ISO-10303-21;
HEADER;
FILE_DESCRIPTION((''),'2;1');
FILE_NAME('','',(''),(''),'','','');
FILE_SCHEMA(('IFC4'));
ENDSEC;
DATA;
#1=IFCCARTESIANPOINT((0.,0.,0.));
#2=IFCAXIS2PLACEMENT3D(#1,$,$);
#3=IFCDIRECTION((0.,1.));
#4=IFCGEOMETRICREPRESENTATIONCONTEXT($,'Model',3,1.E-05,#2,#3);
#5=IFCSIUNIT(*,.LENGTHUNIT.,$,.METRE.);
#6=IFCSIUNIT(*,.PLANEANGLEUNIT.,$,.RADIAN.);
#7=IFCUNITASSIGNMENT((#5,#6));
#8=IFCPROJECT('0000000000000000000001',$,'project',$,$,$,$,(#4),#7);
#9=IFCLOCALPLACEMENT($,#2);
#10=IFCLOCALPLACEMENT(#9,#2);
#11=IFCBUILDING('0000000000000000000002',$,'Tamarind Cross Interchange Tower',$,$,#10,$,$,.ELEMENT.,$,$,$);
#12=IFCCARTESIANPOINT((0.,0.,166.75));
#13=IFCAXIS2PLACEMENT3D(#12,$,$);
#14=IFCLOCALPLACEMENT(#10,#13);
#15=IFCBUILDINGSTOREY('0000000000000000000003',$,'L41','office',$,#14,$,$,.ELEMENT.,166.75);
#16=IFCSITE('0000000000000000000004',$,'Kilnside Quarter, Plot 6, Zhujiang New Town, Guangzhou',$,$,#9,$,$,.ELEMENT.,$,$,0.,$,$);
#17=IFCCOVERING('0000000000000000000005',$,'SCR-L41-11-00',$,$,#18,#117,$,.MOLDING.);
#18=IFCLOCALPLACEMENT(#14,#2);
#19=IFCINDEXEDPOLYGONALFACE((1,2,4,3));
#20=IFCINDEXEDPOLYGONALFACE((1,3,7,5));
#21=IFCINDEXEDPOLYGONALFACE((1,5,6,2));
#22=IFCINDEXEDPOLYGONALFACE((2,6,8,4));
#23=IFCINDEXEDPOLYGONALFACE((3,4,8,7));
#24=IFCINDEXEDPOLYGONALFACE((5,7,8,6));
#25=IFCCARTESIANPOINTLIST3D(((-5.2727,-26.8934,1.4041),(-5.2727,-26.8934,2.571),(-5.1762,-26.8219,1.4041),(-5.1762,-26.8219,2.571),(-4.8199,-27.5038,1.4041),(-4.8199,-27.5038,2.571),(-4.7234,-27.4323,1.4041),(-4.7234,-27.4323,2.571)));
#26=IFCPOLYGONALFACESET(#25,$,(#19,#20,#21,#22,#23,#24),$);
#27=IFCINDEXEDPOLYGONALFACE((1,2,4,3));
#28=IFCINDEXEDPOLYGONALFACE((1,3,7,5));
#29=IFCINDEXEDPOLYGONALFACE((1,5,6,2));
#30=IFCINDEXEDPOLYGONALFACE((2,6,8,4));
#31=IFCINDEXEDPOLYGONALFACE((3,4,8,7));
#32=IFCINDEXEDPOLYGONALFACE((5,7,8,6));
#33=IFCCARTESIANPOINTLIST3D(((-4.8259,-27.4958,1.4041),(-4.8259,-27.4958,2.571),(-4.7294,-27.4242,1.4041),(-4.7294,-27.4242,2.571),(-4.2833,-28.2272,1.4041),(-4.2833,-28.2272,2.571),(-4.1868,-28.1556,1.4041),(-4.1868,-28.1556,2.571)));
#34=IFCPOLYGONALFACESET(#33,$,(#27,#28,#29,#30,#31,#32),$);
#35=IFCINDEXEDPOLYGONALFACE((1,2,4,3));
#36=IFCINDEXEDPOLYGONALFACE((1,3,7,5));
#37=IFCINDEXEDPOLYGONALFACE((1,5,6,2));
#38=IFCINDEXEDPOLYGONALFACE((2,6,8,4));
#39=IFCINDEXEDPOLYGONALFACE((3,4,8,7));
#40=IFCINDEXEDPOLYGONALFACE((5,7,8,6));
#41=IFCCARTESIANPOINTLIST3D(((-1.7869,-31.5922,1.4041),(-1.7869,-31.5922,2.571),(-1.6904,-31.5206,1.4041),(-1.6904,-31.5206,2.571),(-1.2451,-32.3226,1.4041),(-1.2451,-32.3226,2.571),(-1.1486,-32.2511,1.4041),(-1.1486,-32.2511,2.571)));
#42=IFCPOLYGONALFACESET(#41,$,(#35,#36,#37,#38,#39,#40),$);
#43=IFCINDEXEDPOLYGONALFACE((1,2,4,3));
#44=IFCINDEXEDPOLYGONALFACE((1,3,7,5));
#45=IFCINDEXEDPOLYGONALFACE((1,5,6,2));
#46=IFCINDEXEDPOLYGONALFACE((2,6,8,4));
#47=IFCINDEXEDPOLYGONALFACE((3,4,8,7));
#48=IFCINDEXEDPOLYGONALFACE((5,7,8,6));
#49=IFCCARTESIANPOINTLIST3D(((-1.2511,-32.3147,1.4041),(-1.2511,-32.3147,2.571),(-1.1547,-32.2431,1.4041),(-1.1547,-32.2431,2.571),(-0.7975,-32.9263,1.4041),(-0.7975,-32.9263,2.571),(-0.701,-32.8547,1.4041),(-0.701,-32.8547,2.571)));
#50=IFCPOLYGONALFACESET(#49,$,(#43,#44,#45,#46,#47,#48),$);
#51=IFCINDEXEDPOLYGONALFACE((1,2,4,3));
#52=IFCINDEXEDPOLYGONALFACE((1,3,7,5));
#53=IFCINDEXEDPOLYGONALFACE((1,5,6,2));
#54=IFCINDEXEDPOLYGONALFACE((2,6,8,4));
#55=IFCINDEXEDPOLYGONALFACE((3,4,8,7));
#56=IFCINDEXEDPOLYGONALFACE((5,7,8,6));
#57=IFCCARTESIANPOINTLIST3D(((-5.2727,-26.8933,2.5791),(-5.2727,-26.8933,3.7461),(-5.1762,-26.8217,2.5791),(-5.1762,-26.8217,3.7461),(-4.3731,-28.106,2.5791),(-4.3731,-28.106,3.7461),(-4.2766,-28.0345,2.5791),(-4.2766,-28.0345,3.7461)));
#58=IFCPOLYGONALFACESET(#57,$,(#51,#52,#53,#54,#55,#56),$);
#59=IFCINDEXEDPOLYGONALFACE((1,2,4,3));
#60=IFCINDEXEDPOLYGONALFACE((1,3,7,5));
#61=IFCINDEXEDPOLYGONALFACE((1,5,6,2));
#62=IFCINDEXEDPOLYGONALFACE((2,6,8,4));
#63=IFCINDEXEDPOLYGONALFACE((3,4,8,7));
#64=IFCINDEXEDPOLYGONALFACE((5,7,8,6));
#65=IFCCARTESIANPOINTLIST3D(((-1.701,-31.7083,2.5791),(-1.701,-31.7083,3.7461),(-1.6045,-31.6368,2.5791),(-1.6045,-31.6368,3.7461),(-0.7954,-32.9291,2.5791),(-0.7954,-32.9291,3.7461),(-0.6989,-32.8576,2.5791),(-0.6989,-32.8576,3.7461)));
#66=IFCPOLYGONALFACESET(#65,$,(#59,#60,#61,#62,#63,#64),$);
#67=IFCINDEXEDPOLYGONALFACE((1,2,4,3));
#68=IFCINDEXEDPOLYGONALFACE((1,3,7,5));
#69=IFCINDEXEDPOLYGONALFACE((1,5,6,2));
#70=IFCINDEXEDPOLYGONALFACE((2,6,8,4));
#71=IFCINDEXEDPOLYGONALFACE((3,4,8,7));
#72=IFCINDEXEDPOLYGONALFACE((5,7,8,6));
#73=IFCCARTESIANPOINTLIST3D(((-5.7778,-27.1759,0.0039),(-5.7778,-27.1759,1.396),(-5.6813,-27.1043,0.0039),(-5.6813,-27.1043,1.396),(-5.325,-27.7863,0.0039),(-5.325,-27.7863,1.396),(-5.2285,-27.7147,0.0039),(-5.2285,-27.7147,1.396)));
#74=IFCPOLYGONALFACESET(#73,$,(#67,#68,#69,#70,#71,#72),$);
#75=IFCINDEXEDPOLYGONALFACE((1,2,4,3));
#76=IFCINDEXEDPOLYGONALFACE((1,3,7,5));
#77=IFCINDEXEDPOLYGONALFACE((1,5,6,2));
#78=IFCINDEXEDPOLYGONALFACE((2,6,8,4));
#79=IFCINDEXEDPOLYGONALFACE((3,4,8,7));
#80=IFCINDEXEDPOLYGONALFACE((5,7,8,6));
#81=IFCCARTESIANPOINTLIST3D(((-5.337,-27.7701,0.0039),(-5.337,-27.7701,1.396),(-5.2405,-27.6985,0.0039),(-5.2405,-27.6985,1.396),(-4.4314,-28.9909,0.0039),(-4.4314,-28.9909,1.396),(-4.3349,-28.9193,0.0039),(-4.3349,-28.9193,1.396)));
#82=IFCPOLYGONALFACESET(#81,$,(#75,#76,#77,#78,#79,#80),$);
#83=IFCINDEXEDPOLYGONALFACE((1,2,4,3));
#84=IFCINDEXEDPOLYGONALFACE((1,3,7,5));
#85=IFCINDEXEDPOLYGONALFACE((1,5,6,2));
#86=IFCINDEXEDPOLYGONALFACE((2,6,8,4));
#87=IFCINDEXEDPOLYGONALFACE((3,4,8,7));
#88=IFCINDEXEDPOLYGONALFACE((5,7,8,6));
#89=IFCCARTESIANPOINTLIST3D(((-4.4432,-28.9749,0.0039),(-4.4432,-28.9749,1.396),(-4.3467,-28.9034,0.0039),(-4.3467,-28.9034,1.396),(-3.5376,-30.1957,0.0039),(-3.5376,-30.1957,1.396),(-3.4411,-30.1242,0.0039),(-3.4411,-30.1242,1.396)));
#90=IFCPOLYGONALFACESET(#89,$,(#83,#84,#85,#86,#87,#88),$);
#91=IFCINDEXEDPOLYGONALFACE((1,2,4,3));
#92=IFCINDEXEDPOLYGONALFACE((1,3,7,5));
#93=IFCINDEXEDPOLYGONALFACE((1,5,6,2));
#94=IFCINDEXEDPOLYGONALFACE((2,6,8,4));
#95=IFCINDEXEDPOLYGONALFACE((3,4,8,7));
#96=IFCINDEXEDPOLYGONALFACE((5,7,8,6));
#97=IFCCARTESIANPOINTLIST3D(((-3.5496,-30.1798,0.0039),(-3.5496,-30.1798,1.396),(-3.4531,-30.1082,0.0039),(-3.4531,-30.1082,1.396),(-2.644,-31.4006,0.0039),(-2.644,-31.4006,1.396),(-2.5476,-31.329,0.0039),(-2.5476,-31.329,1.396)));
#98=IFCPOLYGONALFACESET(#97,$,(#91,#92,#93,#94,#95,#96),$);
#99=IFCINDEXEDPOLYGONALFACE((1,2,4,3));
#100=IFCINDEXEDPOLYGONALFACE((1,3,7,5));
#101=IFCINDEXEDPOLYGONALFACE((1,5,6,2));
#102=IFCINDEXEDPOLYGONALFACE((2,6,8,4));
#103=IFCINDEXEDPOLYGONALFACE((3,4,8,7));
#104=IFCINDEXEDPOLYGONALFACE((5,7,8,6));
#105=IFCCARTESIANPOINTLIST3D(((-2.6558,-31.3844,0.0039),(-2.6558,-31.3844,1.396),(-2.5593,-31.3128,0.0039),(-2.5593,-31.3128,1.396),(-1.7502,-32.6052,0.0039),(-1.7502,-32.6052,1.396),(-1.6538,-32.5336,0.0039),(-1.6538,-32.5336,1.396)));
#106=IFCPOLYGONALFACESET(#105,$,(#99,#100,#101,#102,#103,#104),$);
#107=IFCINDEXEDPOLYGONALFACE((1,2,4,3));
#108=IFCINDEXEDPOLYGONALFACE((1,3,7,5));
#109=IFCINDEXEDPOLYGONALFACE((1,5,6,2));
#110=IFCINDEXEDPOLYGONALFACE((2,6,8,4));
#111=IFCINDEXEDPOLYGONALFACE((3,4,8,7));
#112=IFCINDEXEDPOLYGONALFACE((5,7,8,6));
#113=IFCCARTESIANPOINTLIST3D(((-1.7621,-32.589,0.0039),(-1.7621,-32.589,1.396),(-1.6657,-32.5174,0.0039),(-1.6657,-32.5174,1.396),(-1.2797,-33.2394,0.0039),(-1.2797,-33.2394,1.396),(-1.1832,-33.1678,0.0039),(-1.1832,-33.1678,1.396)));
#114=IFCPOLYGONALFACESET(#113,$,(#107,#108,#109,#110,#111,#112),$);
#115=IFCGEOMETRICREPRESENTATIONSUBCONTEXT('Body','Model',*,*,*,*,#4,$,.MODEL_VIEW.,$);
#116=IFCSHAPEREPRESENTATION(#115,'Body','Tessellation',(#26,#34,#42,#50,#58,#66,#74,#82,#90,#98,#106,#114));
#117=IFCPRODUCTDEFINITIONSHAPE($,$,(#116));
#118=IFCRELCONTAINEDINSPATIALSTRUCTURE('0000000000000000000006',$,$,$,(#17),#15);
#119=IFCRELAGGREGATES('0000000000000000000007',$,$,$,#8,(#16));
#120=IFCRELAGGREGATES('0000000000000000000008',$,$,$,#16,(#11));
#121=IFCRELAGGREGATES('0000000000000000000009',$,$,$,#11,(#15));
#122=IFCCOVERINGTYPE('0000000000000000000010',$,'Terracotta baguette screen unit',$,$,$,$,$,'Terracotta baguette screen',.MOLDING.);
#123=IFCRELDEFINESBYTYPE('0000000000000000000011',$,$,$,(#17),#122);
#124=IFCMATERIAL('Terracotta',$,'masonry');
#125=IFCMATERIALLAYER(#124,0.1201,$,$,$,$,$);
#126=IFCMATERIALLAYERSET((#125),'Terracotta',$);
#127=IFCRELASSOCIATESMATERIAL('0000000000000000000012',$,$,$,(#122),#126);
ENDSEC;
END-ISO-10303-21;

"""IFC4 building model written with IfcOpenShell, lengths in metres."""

from ifc_helpers import new_model, si_unit, direction, frame, origin, origin_2d, place, context, subcontext, project, spatial, rectangle, extrude, material, layer, layer_set, type_object, element, save


model = new_model("IFC4")

# Units and contexts
model_context = context("Model", 3, precision=1e-05, world=origin(), true_north=direction((0.0, 1.0)))
body_context = subcontext(model_context, "Body", "Model", "MODEL_VIEW")
ifc_project = project(units=[si_unit("LENGTHUNIT", "METRE"), si_unit("PLANEANGLEUNIT", "RADIAN")], contexts=[model_context])

# Site, building, storey
site_placement = place(None, origin())
site = spatial("IfcSite", under=ifc_project, at=site_placement, Name="Kilnside Quarter, Plot 6, Zhujiang New Town, Guangzhou", CompositionType="ELEMENT", RefElevation=0.0)
building_placement = place(site_placement, origin())
building = spatial("IfcBuilding", under=site, at=building_placement, Name="Tamarind Cross Interchange Tower", CompositionType="ELEMENT")
storey_placement = place(building_placement, frame((0.0, 0.0, 166.75)))
storey = spatial("IfcBuildingStorey", under=building, at=storey_placement, Name="L41", Description="office", CompositionType="ELEMENT", Elevation=166.75)

# Covering
ifc_material_1 = material(Name="Terracotta", Category="masonry")
ifc_layer_1 = layer(ifc_material_1, 0.1201)
ifc_layer_set_1 = layer_set([ifc_layer_1], Name="Terracotta")
covering_type = type_object("IfcCoveringType", Name="Terracotta baguette screen unit", ElementType="Terracotta baguette screen", PredefinedType="MOLDING", material=ifc_layer_set_1)
covering_1_placement = place(storey_placement, origin())
element("IfcCovering", 1, at=covering_1_placement, inside=storey, type_object=covering_type, Name="SCR-L41-11-00", PredefinedType="MOLDING", context=body_context, shape_type="SweptSolid", body=[
    extrude(rectangle(XDim=0.76, YDim=0.1201, at=origin_2d()), frame((-4.998, -27.1628, 1.4041), z_axis=(0.0, 0.0, 1.0), x_axis=(0.595776, -0.80315, 0.0)), (0.0, 0.0, 1.0), 1.167),
    extrude(rectangle(XDim=0.9106, YDim=0.1201, at=origin_2d()), frame((-4.5063, -27.8257, 1.4041), z_axis=(0.0, 0.0, 1.0), x_axis=(0.595776, -0.80315, 0.0)), (0.0, 0.0, 1.0), 1.167),
    extrude(rectangle(XDim=0.9094, YDim=0.1201, at=origin_2d()), frame((-1.4678, -31.9216, 1.4041), z_axis=(0.0, 0.0, 1.0), x_axis=(0.595776, -0.80315, 0.0)), (0.0, 0.0, 1.0), 1.167),
    extrude(rectangle(XDim=0.7615, YDim=0.1201, at=origin_2d()), frame((-0.9761, -32.5847, 1.4041), z_axis=(0.0, 0.0, 1.0), x_axis=(0.595776, -0.80315, 0.0)), (0.0, 0.0, 1.0), 1.167),
    extrude(rectangle(XDim=1.51, YDim=0.1201, at=origin_2d()), frame((-4.7747, -27.4639, 2.5791), z_axis=(0.0, 0.0, 1.0), x_axis=(0.595776, -0.80315, 0.0)), (0.0, 0.0, 1.0), 1.167),
    extrude(rectangle(XDim=1.52, YDim=0.1201, at=origin_2d()), frame((-1.2, -32.283, 2.5791), z_axis=(0.0, 0.0, 1.0), x_axis=(0.595776, -0.80315, 0.0)), (0.0, 0.0, 1.0), 1.167),
    extrude(rectangle(XDim=0.76, YDim=0.1201, at=origin_2d()), frame((-5.5032, -27.4453, 0.0039), z_axis=(0.0, 0.0, 1.0), x_axis=(0.595776, -0.80315, 0.0)), (0.0, 0.0, 1.0), 1.3921),
    extrude(rectangle(XDim=1.52, YDim=0.1201, at=origin_2d()), frame((-4.8359, -28.3447, 0.0039), z_axis=(0.0, 0.0, 1.0), x_axis=(0.595776, -0.80315, 0.0)), (0.0, 0.0, 1.0), 1.3921),
    extrude(rectangle(XDim=1.52, YDim=0.1201, at=origin_2d()), frame((-3.9421, -29.5496, 0.0039), z_axis=(0.0, 0.0, 1.0), x_axis=(0.595776, -0.80315, 0.0)), (0.0, 0.0, 1.0), 1.3921),
    extrude(rectangle(XDim=1.52, YDim=0.1201, at=origin_2d()), frame((-3.0486, -30.7544, 0.0039), z_axis=(0.0, 0.0, 1.0), x_axis=(0.595776, -0.80315, 0.0)), (0.0, 0.0, 1.0), 1.3921),
    extrude(rectangle(XDim=1.52, YDim=0.1201, at=origin_2d()), frame((-2.1548, -31.959, 0.0039), z_axis=(0.0, 0.0, 1.0), x_axis=(0.595776, -0.80315, 0.0)), (0.0, 0.0, 1.0), 1.3921),
    extrude(rectangle(XDim=0.8098, YDim=0.1201, at=origin_2d()), frame((-1.4727, -32.8784, 0.0039), z_axis=(0.0, 0.0, 1.0), x_axis=(0.595776, -0.80315, 0.0)), (0.0, 0.0, 1.0), 1.3921),
])

save(model, "model.ifc")
